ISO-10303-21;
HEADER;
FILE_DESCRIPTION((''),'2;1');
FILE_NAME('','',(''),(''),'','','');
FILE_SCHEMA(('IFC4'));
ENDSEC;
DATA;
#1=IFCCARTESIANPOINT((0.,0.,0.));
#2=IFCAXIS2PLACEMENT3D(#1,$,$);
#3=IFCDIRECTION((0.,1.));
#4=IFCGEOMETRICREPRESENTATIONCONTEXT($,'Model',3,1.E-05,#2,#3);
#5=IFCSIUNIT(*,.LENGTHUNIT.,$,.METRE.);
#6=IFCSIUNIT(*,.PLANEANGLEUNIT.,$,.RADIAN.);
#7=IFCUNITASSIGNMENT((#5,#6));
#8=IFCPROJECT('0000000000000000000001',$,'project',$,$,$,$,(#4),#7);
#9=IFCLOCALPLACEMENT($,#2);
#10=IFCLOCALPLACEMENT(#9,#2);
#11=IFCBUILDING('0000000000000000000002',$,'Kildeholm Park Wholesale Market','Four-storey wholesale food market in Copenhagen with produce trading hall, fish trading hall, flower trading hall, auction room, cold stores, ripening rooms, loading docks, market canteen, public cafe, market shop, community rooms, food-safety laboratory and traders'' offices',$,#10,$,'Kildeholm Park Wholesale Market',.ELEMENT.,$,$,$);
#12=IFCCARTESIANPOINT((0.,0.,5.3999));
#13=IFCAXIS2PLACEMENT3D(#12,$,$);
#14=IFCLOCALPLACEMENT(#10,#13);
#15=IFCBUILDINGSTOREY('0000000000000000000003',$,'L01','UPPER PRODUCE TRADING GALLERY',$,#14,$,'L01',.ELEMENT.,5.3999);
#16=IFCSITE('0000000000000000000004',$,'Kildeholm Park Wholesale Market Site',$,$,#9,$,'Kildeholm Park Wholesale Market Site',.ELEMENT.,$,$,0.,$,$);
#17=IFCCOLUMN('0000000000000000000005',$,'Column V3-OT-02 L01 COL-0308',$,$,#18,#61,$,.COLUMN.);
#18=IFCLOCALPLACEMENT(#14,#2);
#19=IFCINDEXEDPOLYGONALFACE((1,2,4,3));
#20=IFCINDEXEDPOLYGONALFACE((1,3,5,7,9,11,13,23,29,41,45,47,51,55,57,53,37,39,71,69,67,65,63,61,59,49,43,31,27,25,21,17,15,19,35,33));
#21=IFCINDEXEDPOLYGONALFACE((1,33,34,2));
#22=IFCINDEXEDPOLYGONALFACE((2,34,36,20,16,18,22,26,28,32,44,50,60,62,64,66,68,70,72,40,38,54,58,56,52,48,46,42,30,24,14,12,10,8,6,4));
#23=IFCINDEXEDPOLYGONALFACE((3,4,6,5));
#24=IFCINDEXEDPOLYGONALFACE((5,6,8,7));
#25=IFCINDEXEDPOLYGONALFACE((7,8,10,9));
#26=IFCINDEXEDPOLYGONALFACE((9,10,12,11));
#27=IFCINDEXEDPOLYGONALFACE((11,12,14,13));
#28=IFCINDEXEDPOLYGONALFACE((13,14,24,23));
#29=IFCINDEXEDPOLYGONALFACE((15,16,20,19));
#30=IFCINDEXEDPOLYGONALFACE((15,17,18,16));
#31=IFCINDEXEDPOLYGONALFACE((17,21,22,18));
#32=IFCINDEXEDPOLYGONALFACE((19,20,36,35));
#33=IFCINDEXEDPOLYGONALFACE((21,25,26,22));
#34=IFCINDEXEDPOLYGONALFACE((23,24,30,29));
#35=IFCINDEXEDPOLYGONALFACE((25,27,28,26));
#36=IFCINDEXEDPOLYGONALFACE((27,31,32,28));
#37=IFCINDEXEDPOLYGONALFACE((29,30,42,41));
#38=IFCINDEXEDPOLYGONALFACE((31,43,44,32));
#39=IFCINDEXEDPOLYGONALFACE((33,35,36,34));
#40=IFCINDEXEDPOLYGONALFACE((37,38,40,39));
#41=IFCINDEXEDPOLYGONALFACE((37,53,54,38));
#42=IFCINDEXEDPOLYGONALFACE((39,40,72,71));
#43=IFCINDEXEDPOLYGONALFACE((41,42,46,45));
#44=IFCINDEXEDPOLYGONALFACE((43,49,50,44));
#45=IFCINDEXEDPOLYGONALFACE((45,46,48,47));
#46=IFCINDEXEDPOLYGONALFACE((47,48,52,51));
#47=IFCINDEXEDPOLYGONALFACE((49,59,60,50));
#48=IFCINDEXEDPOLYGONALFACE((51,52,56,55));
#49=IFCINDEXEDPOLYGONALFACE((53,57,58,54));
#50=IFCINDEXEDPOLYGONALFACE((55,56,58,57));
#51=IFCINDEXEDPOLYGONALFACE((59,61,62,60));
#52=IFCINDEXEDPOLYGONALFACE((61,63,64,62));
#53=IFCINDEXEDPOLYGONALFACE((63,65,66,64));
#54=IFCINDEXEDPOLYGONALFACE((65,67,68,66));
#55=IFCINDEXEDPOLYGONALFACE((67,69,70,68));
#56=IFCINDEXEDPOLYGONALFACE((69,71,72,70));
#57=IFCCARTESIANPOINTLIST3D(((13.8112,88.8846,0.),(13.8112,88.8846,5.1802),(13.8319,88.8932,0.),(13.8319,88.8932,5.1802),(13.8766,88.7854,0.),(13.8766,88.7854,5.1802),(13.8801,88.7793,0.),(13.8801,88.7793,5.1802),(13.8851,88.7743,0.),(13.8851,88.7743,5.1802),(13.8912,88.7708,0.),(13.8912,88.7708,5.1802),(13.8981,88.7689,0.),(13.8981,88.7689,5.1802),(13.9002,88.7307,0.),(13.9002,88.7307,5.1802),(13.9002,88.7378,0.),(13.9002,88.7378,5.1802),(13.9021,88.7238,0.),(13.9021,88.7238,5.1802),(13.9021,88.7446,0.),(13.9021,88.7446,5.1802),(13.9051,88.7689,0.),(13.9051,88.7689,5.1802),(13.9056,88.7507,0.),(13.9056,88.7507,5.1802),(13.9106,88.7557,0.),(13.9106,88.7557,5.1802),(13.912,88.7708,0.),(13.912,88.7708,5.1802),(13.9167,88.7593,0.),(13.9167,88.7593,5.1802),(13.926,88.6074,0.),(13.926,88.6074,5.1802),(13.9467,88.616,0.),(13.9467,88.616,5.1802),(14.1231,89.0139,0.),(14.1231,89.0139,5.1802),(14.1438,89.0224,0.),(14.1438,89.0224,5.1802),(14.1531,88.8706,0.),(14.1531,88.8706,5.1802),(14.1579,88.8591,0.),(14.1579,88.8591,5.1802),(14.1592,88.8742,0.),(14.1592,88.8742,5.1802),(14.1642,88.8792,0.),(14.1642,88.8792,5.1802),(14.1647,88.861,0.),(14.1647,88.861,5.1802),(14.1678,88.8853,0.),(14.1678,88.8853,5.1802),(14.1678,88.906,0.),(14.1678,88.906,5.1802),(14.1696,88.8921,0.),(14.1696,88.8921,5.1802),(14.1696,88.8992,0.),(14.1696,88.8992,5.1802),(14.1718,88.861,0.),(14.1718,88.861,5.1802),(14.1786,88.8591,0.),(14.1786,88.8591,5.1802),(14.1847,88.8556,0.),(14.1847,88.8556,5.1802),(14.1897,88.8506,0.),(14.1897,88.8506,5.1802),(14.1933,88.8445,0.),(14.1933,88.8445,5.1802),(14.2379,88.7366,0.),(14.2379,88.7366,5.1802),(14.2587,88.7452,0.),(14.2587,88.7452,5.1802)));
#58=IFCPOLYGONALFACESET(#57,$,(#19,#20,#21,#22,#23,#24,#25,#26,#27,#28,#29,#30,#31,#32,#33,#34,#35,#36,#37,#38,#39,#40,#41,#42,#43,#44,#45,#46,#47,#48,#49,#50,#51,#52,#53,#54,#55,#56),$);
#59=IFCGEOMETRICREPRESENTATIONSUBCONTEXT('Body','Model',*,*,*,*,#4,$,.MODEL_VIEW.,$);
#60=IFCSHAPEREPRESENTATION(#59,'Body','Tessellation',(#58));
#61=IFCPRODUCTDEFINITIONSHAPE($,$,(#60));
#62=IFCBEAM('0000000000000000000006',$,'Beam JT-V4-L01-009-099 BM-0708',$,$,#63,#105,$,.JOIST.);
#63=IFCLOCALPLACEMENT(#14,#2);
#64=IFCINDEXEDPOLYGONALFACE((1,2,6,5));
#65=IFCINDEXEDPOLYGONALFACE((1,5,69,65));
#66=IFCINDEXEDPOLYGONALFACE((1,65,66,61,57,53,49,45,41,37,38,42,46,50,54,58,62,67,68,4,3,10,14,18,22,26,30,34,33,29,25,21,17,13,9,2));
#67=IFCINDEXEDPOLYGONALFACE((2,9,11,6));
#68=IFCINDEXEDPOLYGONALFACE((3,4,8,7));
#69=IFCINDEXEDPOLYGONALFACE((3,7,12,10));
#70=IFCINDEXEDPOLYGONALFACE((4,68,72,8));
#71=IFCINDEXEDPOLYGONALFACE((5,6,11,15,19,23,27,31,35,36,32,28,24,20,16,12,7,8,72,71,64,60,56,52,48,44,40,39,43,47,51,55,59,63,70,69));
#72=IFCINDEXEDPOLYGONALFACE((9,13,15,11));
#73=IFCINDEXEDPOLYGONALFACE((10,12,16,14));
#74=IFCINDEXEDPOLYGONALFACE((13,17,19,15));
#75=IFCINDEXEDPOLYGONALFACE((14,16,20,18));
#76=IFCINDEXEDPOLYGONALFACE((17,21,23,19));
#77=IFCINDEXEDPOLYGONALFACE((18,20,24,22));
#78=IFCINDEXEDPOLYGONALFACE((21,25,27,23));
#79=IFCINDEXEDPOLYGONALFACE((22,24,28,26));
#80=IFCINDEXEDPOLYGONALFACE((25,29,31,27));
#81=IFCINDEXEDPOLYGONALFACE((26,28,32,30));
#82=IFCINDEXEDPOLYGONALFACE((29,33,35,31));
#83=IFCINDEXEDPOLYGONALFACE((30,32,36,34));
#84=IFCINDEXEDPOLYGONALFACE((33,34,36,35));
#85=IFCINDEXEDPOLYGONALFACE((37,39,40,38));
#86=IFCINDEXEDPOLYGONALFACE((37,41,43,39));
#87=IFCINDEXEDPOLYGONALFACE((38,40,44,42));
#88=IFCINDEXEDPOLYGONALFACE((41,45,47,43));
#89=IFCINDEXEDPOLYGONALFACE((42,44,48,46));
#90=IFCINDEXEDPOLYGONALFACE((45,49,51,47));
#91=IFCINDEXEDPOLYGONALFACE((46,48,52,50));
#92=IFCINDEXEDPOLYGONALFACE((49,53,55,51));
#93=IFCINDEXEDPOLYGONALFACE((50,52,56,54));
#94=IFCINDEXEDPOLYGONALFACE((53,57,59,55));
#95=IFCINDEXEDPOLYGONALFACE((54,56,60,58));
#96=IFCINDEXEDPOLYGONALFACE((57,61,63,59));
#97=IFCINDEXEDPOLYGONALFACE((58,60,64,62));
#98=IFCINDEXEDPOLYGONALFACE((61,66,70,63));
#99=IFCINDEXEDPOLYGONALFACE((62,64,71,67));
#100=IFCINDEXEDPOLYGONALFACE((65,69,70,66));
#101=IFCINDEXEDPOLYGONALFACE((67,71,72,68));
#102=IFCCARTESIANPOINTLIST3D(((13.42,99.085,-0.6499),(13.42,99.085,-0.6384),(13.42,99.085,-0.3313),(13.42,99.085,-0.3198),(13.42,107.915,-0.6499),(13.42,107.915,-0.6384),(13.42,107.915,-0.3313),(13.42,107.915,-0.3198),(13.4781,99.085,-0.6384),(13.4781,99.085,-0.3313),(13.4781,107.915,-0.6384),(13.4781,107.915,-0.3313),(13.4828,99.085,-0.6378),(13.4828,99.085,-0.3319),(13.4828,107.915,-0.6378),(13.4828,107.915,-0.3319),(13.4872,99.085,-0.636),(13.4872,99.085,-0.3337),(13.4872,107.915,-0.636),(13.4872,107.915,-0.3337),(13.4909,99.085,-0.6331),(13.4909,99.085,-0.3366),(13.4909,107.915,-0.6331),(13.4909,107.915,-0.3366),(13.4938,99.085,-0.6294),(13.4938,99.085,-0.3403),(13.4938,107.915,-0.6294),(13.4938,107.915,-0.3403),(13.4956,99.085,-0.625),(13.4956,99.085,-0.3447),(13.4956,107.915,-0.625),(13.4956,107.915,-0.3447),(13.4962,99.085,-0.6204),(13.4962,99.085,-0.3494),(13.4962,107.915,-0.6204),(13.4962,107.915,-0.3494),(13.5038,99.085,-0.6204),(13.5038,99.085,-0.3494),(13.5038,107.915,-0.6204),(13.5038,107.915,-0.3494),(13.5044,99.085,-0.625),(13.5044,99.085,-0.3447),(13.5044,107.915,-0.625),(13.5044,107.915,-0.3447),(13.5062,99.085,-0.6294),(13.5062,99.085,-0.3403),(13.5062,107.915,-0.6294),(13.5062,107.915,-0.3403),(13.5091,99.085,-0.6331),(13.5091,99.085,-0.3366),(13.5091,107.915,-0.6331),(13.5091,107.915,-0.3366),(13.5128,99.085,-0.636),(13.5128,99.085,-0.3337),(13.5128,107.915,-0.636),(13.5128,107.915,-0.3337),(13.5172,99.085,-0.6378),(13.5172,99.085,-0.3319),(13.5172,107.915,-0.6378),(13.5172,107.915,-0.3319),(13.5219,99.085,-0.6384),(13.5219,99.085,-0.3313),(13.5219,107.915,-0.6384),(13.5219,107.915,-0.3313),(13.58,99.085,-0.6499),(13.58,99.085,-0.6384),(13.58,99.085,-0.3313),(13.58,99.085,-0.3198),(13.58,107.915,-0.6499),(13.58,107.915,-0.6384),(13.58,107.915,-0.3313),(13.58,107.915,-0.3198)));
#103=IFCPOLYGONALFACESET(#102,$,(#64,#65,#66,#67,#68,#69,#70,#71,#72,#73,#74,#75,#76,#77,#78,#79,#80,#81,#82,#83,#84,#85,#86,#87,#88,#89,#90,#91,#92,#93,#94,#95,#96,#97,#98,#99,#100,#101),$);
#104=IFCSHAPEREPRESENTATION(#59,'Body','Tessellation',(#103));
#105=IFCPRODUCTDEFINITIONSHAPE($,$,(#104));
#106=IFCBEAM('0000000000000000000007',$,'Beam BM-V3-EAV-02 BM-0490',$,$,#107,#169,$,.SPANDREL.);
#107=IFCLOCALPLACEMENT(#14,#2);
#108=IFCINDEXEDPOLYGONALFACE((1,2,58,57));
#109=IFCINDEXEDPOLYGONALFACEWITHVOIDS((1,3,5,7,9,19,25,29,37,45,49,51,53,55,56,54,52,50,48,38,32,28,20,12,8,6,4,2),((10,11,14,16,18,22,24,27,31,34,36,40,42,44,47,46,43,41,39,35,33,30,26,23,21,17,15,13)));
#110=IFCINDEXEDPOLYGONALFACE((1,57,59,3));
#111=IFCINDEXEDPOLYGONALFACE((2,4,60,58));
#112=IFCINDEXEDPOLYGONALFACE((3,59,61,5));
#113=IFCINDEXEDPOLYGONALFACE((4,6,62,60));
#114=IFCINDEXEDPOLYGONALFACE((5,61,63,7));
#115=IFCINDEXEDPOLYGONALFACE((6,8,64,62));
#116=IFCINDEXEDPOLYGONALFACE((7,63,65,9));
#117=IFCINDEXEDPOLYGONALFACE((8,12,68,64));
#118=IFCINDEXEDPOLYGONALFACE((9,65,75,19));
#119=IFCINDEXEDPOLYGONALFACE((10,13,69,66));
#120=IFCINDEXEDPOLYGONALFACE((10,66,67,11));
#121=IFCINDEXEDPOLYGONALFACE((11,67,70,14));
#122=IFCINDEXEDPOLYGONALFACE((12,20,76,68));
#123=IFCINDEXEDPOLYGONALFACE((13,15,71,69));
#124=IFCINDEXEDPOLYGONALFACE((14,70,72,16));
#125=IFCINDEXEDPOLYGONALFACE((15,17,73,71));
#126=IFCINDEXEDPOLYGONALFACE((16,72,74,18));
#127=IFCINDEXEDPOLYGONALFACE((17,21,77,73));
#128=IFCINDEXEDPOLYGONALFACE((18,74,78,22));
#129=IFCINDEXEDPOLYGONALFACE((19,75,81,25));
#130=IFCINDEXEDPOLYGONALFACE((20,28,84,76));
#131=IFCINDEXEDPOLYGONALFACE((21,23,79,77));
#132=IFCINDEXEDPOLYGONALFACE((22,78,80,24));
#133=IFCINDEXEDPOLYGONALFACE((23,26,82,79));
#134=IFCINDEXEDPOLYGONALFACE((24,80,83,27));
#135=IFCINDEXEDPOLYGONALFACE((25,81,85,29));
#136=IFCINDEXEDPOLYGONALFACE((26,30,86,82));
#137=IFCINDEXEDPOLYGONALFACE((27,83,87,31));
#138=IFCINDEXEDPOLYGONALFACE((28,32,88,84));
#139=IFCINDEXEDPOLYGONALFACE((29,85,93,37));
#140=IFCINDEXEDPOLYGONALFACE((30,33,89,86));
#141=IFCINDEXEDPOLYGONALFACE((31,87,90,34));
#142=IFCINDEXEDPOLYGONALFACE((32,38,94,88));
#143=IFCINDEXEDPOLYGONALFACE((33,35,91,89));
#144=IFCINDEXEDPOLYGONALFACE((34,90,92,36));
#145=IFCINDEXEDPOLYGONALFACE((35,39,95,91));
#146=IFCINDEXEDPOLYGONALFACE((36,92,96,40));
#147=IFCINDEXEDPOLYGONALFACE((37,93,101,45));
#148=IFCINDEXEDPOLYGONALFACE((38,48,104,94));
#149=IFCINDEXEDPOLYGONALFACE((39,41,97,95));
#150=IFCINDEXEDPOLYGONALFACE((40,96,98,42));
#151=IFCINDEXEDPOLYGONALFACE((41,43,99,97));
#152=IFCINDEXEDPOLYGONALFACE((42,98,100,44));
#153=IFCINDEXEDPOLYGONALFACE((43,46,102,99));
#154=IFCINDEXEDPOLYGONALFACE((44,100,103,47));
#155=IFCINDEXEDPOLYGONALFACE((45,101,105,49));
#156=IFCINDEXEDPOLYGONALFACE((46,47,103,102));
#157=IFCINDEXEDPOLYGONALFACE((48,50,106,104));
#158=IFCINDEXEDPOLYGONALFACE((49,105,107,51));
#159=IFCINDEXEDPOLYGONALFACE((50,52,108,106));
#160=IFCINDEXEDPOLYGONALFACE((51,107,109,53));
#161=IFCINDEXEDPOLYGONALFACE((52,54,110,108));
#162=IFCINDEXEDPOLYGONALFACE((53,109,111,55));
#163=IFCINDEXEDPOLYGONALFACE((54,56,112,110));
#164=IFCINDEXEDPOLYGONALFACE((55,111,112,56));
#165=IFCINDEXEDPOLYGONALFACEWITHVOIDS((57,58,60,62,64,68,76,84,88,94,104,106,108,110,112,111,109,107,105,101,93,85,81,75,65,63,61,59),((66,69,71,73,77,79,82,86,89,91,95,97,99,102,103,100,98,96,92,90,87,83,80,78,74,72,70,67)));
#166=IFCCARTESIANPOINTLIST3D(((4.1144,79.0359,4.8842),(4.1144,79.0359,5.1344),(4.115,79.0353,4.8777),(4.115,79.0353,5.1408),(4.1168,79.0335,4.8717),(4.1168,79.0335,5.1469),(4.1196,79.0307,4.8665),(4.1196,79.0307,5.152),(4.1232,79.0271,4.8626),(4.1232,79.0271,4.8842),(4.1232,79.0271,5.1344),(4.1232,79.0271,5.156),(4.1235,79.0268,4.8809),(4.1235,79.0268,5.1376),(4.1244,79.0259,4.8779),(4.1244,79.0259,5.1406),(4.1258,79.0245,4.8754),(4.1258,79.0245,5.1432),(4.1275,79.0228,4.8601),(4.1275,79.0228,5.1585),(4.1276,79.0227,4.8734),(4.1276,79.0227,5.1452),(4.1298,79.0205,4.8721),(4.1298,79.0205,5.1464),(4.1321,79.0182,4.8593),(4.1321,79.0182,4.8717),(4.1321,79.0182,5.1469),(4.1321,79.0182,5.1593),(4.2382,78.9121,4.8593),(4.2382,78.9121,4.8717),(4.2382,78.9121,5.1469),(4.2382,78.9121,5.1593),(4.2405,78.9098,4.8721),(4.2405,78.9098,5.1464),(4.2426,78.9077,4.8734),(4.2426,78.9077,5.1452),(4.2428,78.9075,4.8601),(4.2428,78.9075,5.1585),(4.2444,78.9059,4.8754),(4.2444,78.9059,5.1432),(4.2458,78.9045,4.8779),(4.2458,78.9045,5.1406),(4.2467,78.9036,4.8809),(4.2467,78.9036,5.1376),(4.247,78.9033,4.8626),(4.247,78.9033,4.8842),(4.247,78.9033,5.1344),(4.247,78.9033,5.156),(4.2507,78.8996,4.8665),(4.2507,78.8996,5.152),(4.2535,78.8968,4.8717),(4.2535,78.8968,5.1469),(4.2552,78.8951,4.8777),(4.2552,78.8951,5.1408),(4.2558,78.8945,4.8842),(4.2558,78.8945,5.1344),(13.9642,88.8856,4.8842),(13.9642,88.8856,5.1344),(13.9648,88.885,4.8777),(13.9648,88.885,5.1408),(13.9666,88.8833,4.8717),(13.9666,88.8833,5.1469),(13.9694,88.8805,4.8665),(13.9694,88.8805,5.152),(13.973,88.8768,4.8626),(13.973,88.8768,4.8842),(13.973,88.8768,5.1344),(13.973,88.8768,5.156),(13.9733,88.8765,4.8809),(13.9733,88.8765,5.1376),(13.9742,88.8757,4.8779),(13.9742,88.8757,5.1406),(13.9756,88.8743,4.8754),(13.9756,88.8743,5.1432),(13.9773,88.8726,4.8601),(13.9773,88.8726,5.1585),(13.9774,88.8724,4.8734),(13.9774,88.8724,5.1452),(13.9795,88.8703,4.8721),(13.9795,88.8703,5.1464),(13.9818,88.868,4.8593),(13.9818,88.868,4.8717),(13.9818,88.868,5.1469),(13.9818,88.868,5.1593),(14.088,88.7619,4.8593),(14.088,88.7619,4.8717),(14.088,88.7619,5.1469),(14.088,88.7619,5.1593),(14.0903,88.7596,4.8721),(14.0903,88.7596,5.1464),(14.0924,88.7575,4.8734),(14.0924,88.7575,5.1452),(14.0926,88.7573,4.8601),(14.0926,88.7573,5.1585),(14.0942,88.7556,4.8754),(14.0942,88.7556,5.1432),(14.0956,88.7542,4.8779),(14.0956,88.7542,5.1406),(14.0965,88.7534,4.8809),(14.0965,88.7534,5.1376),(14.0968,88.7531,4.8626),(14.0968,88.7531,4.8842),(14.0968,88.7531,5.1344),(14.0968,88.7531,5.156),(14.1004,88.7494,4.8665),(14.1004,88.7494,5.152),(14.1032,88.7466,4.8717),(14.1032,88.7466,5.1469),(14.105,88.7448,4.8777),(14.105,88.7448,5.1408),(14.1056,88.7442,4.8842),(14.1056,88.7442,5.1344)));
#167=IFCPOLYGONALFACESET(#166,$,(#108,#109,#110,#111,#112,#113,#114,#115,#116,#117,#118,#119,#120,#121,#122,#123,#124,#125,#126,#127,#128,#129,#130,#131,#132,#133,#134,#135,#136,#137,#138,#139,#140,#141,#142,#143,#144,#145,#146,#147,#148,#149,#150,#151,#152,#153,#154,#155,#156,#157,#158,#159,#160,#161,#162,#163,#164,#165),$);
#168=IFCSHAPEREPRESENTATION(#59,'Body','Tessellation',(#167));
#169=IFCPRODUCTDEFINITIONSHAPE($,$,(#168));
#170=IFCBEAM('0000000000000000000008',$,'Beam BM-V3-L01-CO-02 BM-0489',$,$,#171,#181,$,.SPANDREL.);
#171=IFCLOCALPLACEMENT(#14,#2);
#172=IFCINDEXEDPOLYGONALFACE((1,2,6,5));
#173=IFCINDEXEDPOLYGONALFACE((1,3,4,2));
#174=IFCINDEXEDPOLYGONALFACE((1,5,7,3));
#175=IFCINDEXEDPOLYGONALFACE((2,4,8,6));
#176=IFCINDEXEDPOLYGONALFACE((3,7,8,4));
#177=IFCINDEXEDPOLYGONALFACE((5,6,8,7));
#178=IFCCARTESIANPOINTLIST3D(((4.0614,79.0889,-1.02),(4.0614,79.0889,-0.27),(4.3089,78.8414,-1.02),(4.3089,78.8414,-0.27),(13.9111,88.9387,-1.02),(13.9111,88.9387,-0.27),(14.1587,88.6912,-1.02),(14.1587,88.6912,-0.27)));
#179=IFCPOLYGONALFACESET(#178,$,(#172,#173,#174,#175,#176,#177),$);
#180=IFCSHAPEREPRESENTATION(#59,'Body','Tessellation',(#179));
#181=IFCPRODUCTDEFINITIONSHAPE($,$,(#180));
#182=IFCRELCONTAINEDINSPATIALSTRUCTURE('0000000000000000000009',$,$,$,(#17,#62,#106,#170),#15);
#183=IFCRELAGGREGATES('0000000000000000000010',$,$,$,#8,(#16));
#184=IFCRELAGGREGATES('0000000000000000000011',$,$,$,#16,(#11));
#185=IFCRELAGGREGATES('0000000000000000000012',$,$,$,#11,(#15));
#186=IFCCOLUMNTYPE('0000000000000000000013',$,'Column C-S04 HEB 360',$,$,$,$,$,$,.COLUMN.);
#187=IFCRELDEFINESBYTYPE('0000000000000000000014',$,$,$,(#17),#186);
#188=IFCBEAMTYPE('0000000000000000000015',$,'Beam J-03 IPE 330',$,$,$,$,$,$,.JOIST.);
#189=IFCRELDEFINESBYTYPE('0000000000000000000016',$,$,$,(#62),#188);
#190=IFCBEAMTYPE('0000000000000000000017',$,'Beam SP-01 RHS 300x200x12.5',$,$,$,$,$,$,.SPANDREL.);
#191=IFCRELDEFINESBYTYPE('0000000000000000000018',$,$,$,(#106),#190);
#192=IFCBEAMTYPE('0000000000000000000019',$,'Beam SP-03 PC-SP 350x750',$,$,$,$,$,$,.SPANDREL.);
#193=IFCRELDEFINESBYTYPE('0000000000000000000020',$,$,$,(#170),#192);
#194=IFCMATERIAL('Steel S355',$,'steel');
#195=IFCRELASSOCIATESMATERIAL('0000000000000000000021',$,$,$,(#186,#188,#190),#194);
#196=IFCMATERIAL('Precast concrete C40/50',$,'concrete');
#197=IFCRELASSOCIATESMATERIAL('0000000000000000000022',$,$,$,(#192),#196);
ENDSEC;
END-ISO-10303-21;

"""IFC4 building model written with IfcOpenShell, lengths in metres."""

from ifc_helpers import new_model, si_unit, direction, frame, origin, origin_2d, place, context, subcontext, project, spatial, rectangle, hollow_rectangle, i_section, extrude, material, material_profile, profile_set, type_object, element, save


model = new_model("IFC4")

# Units and contexts
model_context = context("Model", 3, precision=1e-05, world=origin(), true_north=direction((0.0, 1.0)))
body_context = subcontext(model_context, "Body", "Model", "MODEL_VIEW")
ifc_project = project(units=[si_unit("LENGTHUNIT", "METRE"), si_unit("PLANEANGLEUNIT", "RADIAN")], contexts=[model_context])

# Site, building, storey
site_placement = place(None, origin())
site = spatial("IfcSite", under=ifc_project, at=site_placement, Name="Kildeholm Park Wholesale Market Site", LongName="Kildeholm Park Wholesale Market Site", CompositionType="ELEMENT", RefElevation=0.0)
building_placement = place(site_placement, origin())
building = spatial("IfcBuilding", under=site, at=building_placement, Name="Kildeholm Park Wholesale Market", Description="Four-storey wholesale food market in Copenhagen with produce trading hall, fish trading hall, flower trading hall, auction room, cold stores, ripening rooms, loading docks, market canteen, public cafe, market shop, community rooms, food-safety laboratory and traders' offices", LongName="Kildeholm Park Wholesale Market", CompositionType="ELEMENT")
storey_placement = place(building_placement, frame((0.0, 0.0, 5.3999)))
storey = spatial("IfcBuildingStorey", under=building, at=storey_placement, Name="L01", Description="UPPER PRODUCE TRADING GALLERY", LongName="L01", CompositionType="ELEMENT", Elevation=5.3999)

# Column
ifc_material_1 = material(Name="Steel S355", Category="steel")
ifc_material_profile_1 = material_profile(ifc_material_1, i_section(OverallWidth=0.3, OverallDepth=0.3601, WebThickness=0.0125, FlangeThickness=0.0225, FilletRadius=0.0271, at=origin_2d()), Name="HEB 360")
ifc_profile_set_1 = profile_set([ifc_material_profile_1], Name="Steel S355")
column_type = type_object("IfcColumnType", Name="Column C-S04 HEB 360", PredefinedType="COLUMN", material=ifc_profile_set_1)
column_placement = place(storey_placement, frame((14.0349, 88.8149, 0.0), z_axis=(0.0, 0.0, 1.0), x_axis=(-0.382683, 0.92388, 0.0)))
element("IfcColumn", 1, at=column_placement, inside=storey, type_object=column_type, Name="Column V3-OT-02 L01 COL-0308", PredefinedType="COLUMN", context=body_context, shape_type="SweptSolid", body=[
    extrude(i_section(OverallWidth=0.3, OverallDepth=0.3601, WebThickness=0.0125, FlangeThickness=0.0225, FilletRadius=0.0271, at=origin_2d()), origin(), (0.0, 0.0, 1.0), 5.1802),
])

# Beams
ifc_material_profile_2 = material_profile(ifc_material_1, i_section(OverallWidth=0.1599, OverallDepth=0.3301, WebThickness=0.0076, FlangeThickness=0.0115, FilletRadius=0.0181, at=origin_2d()), Name="IPE 330")
ifc_profile_set_2 = profile_set([ifc_material_profile_2], Name="Steel S355")
beam_type_1 = type_object("IfcBeamType", Name="Beam J-03 IPE 330", PredefinedType="JOIST", material=ifc_profile_set_2)
beam_1_placement = place(storey_placement, frame((13.5, 99.085, -0.4849), z_axis=(0.0, 1.0, 0.0), x_axis=(-1.0, 0.0, 0.0)))
element("IfcBeam", 2, at=beam_1_placement, inside=storey, type_object=beam_type_1, Name="Beam JT-V4-L01-009-099 BM-0708", PredefinedType="JOIST", context=body_context, shape_type="SweptSolid", body=[
    extrude(i_section(OverallWidth=0.1599, OverallDepth=0.3301, WebThickness=0.0076, FlangeThickness=0.0115, FilletRadius=0.0181, at=origin_2d()), origin(), (0.0, 0.0, 1.0), 8.8301),
])
ifc_material_profile_3 = material_profile(ifc_material_1, hollow_rectangle(XDim=0.2, YDim=0.3, WallThickness=0.0125, InnerFilletRadius=0.0125, OuterFilletRadius=0.0249, at=origin_2d()), Name="RHS 300x200x12.5")
ifc_profile_set_3 = profile_set([ifc_material_profile_3], Name="Steel S355")
beam_type_2 = type_object("IfcBeamType", Name="Beam SP-01 RHS 300x200x12.5", PredefinedType="SPANDREL", material=ifc_profile_set_3)
beam_2_placement = place(storey_placement, frame((14.0349, 88.8149, 5.0093), z_axis=(-0.707107, -0.707107, 0.0), x_axis=(0.707107, -0.707107, 0.0)))
element("IfcBeam", 3, at=beam_2_placement, inside=storey, type_object=beam_type_2, Name="Beam BM-V3-EAV-02 BM-0490", PredefinedType="SPANDREL", context=body_context, shape_type="SweptSolid", body=[
    extrude(hollow_rectangle(XDim=0.2, YDim=0.3, WallThickness=0.0125, InnerFilletRadius=0.0125, OuterFilletRadius=0.0249, at=origin_2d()), origin(), (0.0, 0.0, 1.0), 13.9297),
])
ifc_material_2 = material(Name="Precast concrete C40/50", Category="concrete")
ifc_material_profile_4 = material_profile(ifc_material_2, rectangle(XDim=0.3501, YDim=0.75, at=origin_2d()), Name="PC-SP 350x750")
ifc_profile_set_4 = profile_set([ifc_material_profile_4], Name="Precast concrete C40/50")
beam_type_3 = type_object("IfcBeamType", Name="Beam SP-03 PC-SP 350x750", PredefinedType="SPANDREL", material=ifc_profile_set_4)
beam_3_placement = place(storey_placement, frame((14.0349, 88.8149, -0.645), z_axis=(-0.707107, -0.707107, 0.0), x_axis=(0.707107, -0.707107, 0.0)))
element("IfcBeam", 4, at=beam_3_placement, inside=storey, type_object=beam_type_3, Name="Beam BM-V3-L01-CO-02 BM-0489", PredefinedType="SPANDREL", context=body_context, shape_type="SweptSolid", body=[
    extrude(rectangle(XDim=0.3501, YDim=0.75, at=origin_2d()), origin(), (0.0, 0.0, 1.0), 13.9297),
])

save(model, "model.ifc")
